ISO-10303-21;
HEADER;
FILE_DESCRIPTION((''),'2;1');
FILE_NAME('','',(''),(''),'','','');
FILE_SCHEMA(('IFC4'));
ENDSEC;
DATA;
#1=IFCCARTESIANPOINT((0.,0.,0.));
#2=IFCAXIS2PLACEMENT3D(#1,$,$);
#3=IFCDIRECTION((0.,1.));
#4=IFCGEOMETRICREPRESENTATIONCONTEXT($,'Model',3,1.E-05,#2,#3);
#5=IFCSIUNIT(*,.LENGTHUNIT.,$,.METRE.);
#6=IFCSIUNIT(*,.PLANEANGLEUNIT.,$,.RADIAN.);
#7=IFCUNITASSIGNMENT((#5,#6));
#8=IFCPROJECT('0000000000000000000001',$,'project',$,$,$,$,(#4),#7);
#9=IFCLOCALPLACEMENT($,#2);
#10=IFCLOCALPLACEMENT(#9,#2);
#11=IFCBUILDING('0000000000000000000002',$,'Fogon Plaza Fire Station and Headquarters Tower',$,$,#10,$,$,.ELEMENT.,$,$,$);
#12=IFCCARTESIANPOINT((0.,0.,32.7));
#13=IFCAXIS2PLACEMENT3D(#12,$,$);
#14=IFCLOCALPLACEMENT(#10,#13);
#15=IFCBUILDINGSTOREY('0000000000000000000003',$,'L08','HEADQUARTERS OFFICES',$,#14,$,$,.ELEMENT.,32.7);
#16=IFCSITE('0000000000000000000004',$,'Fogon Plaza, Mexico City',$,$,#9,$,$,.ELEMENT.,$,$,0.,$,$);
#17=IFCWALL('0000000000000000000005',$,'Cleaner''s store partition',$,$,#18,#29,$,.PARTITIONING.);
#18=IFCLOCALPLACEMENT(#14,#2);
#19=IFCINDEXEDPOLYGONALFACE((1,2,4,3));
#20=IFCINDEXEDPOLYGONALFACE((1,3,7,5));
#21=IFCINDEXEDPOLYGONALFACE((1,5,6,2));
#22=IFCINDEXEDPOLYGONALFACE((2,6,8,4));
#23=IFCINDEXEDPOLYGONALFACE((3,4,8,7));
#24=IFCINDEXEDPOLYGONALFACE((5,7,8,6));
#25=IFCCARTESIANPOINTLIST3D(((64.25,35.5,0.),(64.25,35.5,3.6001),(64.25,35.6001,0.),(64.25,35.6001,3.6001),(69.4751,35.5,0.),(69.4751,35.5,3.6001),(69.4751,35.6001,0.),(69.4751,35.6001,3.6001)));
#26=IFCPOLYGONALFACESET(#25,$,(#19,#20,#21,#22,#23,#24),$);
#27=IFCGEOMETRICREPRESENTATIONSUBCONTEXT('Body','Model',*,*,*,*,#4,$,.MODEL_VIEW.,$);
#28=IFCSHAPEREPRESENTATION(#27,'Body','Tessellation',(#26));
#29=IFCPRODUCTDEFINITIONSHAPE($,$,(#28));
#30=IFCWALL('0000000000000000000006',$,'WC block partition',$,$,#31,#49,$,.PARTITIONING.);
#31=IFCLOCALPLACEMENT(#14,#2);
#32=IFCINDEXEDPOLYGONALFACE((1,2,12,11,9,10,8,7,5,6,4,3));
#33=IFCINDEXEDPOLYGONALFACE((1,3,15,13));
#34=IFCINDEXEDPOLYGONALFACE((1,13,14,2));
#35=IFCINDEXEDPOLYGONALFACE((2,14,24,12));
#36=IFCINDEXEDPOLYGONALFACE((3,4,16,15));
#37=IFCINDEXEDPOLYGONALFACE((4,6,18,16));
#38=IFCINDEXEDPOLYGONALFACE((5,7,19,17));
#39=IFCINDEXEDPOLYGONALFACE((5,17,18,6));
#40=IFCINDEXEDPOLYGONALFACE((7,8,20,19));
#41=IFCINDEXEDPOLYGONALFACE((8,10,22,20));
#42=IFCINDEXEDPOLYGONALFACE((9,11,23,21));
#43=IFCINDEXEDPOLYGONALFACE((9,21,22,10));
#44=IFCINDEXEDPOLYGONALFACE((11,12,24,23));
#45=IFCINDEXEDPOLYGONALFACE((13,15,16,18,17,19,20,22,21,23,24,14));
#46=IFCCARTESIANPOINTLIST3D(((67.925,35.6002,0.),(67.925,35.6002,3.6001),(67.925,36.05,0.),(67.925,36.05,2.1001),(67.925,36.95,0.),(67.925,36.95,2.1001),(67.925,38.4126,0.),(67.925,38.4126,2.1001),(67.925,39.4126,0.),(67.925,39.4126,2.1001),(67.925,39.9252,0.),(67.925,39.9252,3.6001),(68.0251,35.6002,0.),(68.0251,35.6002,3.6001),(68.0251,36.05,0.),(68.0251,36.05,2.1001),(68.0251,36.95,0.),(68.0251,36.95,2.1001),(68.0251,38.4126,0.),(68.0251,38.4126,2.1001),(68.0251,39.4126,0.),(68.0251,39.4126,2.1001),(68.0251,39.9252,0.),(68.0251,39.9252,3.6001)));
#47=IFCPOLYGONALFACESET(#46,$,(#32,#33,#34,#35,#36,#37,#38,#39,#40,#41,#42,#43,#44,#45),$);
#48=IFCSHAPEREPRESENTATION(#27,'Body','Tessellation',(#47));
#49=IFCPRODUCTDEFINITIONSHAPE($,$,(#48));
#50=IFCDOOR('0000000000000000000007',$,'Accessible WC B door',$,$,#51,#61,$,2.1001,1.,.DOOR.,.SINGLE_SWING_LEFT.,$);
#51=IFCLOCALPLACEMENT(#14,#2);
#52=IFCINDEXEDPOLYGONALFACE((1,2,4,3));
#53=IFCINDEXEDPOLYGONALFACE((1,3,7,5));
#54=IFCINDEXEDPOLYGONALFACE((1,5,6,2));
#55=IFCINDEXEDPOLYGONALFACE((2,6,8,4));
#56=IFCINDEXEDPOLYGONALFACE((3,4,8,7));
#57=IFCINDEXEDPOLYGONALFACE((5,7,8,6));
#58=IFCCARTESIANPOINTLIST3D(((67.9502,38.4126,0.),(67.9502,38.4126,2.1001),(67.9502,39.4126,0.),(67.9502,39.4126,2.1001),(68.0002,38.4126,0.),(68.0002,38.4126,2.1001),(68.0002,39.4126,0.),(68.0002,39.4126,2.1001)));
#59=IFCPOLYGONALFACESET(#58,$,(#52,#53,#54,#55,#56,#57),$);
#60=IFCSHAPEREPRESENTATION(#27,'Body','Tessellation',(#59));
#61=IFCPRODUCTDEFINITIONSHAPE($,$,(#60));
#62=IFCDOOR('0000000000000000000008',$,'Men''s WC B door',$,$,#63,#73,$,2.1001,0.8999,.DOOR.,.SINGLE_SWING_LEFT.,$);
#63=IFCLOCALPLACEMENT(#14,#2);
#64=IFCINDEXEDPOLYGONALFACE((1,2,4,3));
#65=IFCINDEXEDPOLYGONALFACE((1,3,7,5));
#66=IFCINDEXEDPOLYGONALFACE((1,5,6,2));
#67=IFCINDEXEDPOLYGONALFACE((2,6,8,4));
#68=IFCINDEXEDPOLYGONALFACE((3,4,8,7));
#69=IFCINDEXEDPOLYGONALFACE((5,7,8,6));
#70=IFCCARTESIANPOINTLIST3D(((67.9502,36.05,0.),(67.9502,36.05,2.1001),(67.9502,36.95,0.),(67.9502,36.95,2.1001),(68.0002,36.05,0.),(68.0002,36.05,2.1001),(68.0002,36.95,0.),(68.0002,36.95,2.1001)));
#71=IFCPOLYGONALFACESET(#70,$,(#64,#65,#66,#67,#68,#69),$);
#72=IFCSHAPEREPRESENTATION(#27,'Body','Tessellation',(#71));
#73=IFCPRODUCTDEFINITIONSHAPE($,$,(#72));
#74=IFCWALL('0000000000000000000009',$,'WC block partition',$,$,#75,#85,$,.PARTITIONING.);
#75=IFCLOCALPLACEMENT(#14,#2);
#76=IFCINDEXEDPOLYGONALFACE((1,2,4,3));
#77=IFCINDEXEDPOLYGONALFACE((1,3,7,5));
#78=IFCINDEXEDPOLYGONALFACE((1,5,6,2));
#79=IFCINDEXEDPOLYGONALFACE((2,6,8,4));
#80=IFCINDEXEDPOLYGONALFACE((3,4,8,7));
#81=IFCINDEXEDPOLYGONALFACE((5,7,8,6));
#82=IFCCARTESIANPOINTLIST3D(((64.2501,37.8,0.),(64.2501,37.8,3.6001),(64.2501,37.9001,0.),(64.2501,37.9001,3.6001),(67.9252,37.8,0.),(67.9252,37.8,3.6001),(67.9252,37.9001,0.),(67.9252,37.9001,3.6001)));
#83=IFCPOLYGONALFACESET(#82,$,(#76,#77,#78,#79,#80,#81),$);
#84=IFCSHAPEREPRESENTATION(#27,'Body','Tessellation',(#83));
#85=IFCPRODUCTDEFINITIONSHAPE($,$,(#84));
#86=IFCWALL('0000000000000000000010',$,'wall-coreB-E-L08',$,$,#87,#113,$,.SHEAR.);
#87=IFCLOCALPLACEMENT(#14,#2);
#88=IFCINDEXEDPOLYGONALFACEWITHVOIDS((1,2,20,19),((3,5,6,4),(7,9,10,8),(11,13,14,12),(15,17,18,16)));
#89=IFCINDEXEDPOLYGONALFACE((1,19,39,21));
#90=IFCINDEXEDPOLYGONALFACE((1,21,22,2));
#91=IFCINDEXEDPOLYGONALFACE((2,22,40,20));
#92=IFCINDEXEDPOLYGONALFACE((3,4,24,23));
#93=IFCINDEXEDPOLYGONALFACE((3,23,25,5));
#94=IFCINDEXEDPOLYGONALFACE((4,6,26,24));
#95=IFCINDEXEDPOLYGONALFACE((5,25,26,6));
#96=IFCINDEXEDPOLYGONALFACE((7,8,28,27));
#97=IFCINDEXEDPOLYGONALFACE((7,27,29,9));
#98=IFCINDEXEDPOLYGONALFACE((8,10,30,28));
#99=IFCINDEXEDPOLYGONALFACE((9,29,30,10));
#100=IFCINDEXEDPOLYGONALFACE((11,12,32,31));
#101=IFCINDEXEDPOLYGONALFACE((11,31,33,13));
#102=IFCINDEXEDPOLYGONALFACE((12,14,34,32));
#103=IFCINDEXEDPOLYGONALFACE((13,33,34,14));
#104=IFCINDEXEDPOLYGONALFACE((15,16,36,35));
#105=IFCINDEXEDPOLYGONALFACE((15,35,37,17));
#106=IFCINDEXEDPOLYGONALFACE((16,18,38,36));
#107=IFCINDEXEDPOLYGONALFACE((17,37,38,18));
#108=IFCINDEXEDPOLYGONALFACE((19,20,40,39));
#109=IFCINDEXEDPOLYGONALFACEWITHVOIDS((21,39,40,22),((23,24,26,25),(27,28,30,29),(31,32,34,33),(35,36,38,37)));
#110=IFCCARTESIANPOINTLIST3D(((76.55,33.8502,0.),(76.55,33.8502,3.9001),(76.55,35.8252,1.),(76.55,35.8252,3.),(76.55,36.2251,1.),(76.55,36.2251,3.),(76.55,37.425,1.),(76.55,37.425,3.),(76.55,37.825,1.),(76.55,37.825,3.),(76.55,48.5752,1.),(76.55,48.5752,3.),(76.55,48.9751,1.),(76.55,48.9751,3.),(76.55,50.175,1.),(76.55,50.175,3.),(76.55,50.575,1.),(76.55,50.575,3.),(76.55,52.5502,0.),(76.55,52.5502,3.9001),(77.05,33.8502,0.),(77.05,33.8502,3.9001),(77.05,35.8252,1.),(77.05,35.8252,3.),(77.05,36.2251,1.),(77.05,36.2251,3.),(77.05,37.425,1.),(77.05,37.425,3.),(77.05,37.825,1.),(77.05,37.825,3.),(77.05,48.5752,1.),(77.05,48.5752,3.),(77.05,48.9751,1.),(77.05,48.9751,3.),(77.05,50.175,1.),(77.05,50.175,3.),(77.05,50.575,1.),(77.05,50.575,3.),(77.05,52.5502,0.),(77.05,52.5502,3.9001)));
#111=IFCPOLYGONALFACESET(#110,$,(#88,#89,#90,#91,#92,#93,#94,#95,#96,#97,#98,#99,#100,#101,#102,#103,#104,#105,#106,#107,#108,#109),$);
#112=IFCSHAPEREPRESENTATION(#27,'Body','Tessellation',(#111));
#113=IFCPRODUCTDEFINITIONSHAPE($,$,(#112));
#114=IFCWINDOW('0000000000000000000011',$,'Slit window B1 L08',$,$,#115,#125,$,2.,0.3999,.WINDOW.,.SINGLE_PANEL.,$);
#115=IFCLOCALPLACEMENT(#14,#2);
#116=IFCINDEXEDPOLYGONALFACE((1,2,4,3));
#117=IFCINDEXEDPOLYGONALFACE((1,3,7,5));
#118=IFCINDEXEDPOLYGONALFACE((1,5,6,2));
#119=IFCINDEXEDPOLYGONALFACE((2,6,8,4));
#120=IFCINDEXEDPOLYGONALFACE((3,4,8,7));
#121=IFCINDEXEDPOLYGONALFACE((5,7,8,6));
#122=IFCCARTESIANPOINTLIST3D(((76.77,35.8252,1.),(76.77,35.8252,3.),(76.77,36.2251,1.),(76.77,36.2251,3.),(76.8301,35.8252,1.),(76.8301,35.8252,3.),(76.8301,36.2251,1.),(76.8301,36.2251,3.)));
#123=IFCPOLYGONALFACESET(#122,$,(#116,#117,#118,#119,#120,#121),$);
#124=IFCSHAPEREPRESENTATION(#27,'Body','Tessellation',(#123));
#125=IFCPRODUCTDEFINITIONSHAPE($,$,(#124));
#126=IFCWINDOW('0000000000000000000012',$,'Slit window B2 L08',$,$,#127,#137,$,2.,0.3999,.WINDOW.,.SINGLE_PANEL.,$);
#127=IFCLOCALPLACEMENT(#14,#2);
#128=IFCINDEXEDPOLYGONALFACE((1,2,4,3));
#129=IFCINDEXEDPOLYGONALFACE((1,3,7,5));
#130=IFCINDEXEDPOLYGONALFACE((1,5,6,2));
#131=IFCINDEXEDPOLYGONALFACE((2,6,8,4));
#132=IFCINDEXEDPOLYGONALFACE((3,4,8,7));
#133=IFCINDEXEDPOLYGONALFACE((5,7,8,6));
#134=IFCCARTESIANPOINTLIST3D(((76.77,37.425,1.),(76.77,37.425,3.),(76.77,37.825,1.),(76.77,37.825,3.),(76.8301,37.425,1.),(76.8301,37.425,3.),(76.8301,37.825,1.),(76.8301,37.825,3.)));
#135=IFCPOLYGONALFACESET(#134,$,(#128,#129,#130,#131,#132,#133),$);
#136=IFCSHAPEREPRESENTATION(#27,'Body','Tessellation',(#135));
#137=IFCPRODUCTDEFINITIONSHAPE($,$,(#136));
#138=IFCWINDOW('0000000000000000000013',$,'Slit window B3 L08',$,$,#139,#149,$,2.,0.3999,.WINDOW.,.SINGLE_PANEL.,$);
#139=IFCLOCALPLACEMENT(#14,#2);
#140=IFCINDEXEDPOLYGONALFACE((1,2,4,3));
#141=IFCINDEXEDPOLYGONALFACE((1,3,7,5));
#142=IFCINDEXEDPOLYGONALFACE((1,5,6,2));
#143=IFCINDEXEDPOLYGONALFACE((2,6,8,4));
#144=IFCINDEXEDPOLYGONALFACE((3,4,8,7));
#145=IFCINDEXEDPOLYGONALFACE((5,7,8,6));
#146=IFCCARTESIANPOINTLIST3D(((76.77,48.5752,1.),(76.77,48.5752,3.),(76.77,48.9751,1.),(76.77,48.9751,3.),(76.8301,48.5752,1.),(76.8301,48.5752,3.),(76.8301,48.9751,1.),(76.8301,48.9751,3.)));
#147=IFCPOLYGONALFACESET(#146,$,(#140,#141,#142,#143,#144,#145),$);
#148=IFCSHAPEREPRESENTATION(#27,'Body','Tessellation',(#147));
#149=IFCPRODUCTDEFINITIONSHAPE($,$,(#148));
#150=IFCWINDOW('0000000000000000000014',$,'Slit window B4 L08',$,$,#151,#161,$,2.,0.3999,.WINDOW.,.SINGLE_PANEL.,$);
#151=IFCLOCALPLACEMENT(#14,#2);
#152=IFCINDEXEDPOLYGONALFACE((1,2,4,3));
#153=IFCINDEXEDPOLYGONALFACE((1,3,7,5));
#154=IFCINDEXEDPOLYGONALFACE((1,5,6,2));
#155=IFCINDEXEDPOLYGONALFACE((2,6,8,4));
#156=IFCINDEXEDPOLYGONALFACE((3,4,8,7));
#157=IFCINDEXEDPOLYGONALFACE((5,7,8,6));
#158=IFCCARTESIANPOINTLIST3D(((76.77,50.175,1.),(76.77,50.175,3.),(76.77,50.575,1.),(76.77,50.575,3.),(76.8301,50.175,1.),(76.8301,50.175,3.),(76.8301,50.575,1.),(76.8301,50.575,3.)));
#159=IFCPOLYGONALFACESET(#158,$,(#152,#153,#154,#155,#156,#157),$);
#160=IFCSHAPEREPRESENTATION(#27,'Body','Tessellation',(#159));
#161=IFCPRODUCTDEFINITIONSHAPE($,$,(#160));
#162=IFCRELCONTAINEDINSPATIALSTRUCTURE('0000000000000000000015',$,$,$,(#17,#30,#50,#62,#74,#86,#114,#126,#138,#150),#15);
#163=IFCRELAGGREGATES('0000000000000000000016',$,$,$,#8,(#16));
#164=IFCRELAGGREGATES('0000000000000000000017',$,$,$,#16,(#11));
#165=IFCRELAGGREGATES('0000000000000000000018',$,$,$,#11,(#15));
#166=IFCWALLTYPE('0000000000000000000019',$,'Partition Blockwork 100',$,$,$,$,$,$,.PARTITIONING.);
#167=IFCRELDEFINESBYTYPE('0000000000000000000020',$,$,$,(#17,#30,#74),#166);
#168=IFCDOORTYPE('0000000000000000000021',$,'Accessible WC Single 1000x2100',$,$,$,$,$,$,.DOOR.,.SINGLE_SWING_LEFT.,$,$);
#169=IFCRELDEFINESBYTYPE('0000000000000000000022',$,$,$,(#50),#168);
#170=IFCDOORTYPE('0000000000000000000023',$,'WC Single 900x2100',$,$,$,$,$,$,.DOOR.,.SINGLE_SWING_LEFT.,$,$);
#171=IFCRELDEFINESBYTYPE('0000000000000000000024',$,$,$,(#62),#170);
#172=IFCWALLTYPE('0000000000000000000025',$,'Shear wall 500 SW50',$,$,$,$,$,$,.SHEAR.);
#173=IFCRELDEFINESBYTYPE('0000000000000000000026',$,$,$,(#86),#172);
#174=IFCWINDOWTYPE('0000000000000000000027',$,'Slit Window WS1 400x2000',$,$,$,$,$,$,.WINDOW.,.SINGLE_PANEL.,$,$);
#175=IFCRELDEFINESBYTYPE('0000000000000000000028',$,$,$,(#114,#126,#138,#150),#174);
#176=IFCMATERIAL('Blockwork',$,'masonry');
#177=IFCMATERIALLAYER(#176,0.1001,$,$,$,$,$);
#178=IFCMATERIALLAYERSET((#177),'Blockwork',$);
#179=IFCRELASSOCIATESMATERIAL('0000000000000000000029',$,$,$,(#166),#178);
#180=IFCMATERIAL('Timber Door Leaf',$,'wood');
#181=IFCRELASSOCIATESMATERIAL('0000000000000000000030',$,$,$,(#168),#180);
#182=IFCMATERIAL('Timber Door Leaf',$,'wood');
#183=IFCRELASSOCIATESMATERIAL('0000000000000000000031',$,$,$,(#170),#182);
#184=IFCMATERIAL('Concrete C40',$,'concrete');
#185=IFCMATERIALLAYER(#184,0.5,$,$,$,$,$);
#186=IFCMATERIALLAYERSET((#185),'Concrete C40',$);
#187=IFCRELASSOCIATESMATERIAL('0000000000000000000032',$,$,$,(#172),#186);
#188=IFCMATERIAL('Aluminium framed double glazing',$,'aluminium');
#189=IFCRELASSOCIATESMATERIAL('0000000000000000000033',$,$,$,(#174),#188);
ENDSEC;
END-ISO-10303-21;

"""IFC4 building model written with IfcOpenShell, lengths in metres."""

from ifc_helpers import new_model, si_unit, direction, frame, frame_2d, origin, place, context, subcontext, project, spatial, rectangle, extrude, material, layer, layer_set, type_object, element, fill, save


model = new_model("IFC4")

# Units and contexts
model_context = context("Model", 3, precision=1e-05, world=origin(), true_north=direction((0.0, 1.0)))
body_context = subcontext(model_context, "Body", "Model", "MODEL_VIEW")
ifc_project = project(units=[si_unit("LENGTHUNIT", "METRE"), si_unit("PLANEANGLEUNIT", "RADIAN")], contexts=[model_context])

# Site, building, storey
site_placement = place(None, origin())
site = spatial("IfcSite", under=ifc_project, at=site_placement, Name="Fogon Plaza, Mexico City", CompositionType="ELEMENT", RefElevation=0.0)
building_placement = place(site_placement, origin())
building = spatial("IfcBuilding", under=site, at=building_placement, Name="Fogon Plaza Fire Station and Headquarters Tower", CompositionType="ELEMENT")
storey_placement = place(building_placement, frame((0.0, 0.0, 32.7)))
storey = spatial("IfcBuildingStorey", under=building, at=storey_placement, Name="L08", Description="HEADQUARTERS OFFICES", CompositionType="ELEMENT", Elevation=32.7)

# Wall
ifc_material_1 = material(Name="Blockwork", Category="masonry")
ifc_layer_1 = layer(ifc_material_1, 0.1001)
ifc_layer_set_1 = layer_set([ifc_layer_1], Name="Blockwork")
wall_type_1 = type_object("IfcWallType", Name="Partition Blockwork 100", PredefinedType="PARTITIONING", material=ifc_layer_set_1)
wall_1_placement = place(storey_placement, frame((69.4751, 35.55, 0.0), z_axis=(0.0, 0.0, 1.0), x_axis=(-1.0, 0.0, 0.0)))
element("IfcWall", 1, at=wall_1_placement, inside=storey, type_object=wall_type_1, Name="Cleaner's store partition", PredefinedType="PARTITIONING", context=body_context, shape_type="SweptSolid", body=[
    extrude(rectangle(XDim=5.2251, YDim=0.1001, at=frame_2d((2.6125, 0.0))), origin(), (0.0, 0.0, 1.0), 3.6001),
])

# Wall, openings, doors
wall_2_placement = place(storey_placement, frame((67.9751, 35.6001, 0.0), z_axis=(0.0, 0.0, 1.0), x_axis=(0.0, 1.0, 0.0)))
wall_2 = element("IfcWall", 2, at=wall_2_placement, inside=storey, type_object=wall_type_1, Name="WC block partition", PredefinedType="PARTITIONING", context=body_context, shape_type="SweptSolid", body=[
    extrude(rectangle(XDim=4.325, YDim=0.1001, at=frame_2d((2.1626, 0.0))), origin(), (0.0, 0.0, 1.0), 3.6001),
])
opening_1_placement = place(wall_2_placement, frame((0.45, 0.0, 0.0)))
opening_1 = element("IfcOpeningElement", 3, at=opening_1_placement, cuts=wall_2, PredefinedType="OPENING", context=body_context, shape_type="SweptSolid", body=[
    extrude(rectangle(XDim=0.8999, YDim=2.1001, at=frame_2d((0.45, 1.05))), frame((0.0, 0.0601, 0.0), z_axis=(0.0, -1.0, 0.0), x_axis=(1.0, 0.0, 0.0)), (0.0, 0.0, 1.0), 0.1201),
])
opening_2_placement = place(wall_2_placement, frame((2.8125, 0.0, 0.0)))
opening_2 = element("IfcOpeningElement", 4, at=opening_2_placement, cuts=wall_2, PredefinedType="OPENING", context=body_context, shape_type="SweptSolid", body=[
    extrude(rectangle(XDim=1.0, YDim=2.1001, at=frame_2d((0.5, 1.05))), frame((0.0, 0.0601, 0.0), z_axis=(0.0, -1.0, 0.0), x_axis=(1.0, 0.0, 0.0)), (0.0, 0.0, 1.0), 0.1201),
])
ifc_material_2 = material(Name="Timber Door Leaf", Category="wood")
door_type_1 = type_object("IfcDoorType", Name="Accessible WC Single 1000x2100", OperationType="SINGLE_SWING_LEFT", PredefinedType="DOOR", material=ifc_material_2)
door_1_placement = place(opening_2_placement, origin())
door_1 = element("IfcDoor", 5, at=door_1_placement, inside=storey, type_object=door_type_1, Name="Accessible WC B door", OperationType="SINGLE_SWING_LEFT", OverallHeight=2.1001, OverallWidth=1.0, PredefinedType="DOOR", context=body_context, shape_type="SweptSolid", body=[
    extrude(rectangle(XDim=1.0, YDim=2.1001, at=frame_2d((0.5, 1.05))), frame((0.0, 0.0249, 0.0), z_axis=(0.0, -1.0, 0.0), x_axis=(1.0, 0.0, 0.0)), (0.0, 0.0, 1.0), 0.05),
])
fill(opening_2, door_1)
ifc_material_3 = material(Name="Timber Door Leaf", Category="wood")
door_type_2 = type_object("IfcDoorType", Name="WC Single 900x2100", OperationType="SINGLE_SWING_LEFT", PredefinedType="DOOR", material=ifc_material_3)
door_2_placement = place(opening_1_placement, origin())
door_2 = element("IfcDoor", 6, at=door_2_placement, inside=storey, type_object=door_type_2, Name="Men's WC B door", OperationType="SINGLE_SWING_LEFT", OverallHeight=2.1001, OverallWidth=0.8999, PredefinedType="DOOR", context=body_context, shape_type="SweptSolid", body=[
    extrude(rectangle(XDim=0.8999, YDim=2.1001, at=frame_2d((0.45, 1.05))), frame((0.0, 0.0249, 0.0), z_axis=(0.0, -1.0, 0.0), x_axis=(1.0, 0.0, 0.0)), (0.0, 0.0, 1.0), 0.05),
])
fill(opening_1, door_2)

# Wall
wall_3_placement = place(storey_placement, frame((67.925, 37.8501, 0.0), z_axis=(0.0, 0.0, 1.0), x_axis=(-1.0, 0.0, 0.0)))
element("IfcWall", 7, at=wall_3_placement, inside=storey, type_object=wall_type_1, Name="WC block partition", PredefinedType="PARTITIONING", context=body_context, shape_type="SweptSolid", body=[
    extrude(rectangle(XDim=3.675, YDim=0.1001, at=frame_2d((1.8374, 0.0))), origin(), (0.0, 0.0, 1.0), 3.6001),
])

# Wall, openings, windows
ifc_material_4 = material(Name="Concrete C40", Category="concrete")
ifc_layer_2 = layer(ifc_material_4, 0.5)
ifc_layer_set_2 = layer_set([ifc_layer_2], Name="Concrete C40")
wall_type_2 = type_object("IfcWallType", Name="Shear wall 500 SW50", PredefinedType="SHEAR", material=ifc_layer_set_2)
wall_4_placement = place(storey_placement, frame((76.8, 33.8501, 0.0), z_axis=(0.0, 0.0, 1.0), x_axis=(0.0, 1.0, 0.0)))
wall_4 = element("IfcWall", 8, at=wall_4_placement, inside=storey, type_object=wall_type_2, Name="wall-coreB-E-L08", PredefinedType="SHEAR", context=body_context, shape_type="SweptSolid", body=[
    extrude(rectangle(XDim=18.7, YDim=0.5, at=frame_2d((9.3501, 0.0))), origin(), (0.0, 0.0, 1.0), 3.9001),
])
opening_3_placement = place(wall_4_placement, frame((1.9751, 0.0, 1.0)))
opening_3 = element("IfcOpeningElement", 9, at=opening_3_placement, cuts=wall_4, PredefinedType="OPENING", context=body_context, shape_type="SweptSolid", body=[
    extrude(rectangle(XDim=0.3999, YDim=2.0, at=frame_2d((0.2, 1.0))), frame((0.0, 0.26, 0.0), z_axis=(0.0, -1.0, 0.0), x_axis=(1.0, 0.0, 0.0)), (0.0, 0.0, 1.0), 0.52),
])
opening_4_placement = place(wall_4_placement, frame((3.575, 0.0, 1.0)))
opening_4 = element("IfcOpeningElement", 10, at=opening_4_placement, cuts=wall_4, PredefinedType="OPENING", context=body_context, shape_type="SweptSolid", body=[
    extrude(rectangle(XDim=0.3999, YDim=2.0, at=frame_2d((0.2, 1.0))), frame((0.0, 0.26, 0.0), z_axis=(0.0, -1.0, 0.0), x_axis=(1.0, 0.0, 0.0)), (0.0, 0.0, 1.0), 0.52),
])
opening_5_placement = place(wall_4_placement, frame((14.7251, 0.0, 1.0)))
opening_5 = element("IfcOpeningElement", 11, at=opening_5_placement, cuts=wall_4, PredefinedType="OPENING", context=body_context, shape_type="SweptSolid", body=[
    extrude(rectangle(XDim=0.3999, YDim=2.0, at=frame_2d((0.2, 1.0))), frame((0.0, 0.26, 0.0), z_axis=(0.0, -1.0, 0.0), x_axis=(1.0, 0.0, 0.0)), (0.0, 0.0, 1.0), 0.52),
])
opening_6_placement = place(wall_4_placement, frame((16.325, 0.0, 1.0)))
opening_6 = element("IfcOpeningElement", 12, at=opening_6_placement, cuts=wall_4, PredefinedType="OPENING", context=body_context, shape_type="SweptSolid", body=[
    extrude(rectangle(XDim=0.3999, YDim=2.0, at=frame_2d((0.2, 1.0))), frame((0.0, 0.26, 0.0), z_axis=(0.0, -1.0, 0.0), x_axis=(1.0, 0.0, 0.0)), (0.0, 0.0, 1.0), 0.52),
])
ifc_material_5 = material(Name="Aluminium framed double glazing", Category="aluminium")
window_type = type_object("IfcWindowType", Name="Slit Window WS1 400x2000", PartitioningType="SINGLE_PANEL", PredefinedType="WINDOW", material=ifc_material_5)
window_1_placement = place(opening_3_placement, origin())
window_1 = element("IfcWindow", 13, at=window_1_placement, inside=storey, type_object=window_type, Name="Slit window B1 L08", OverallHeight=2.0, OverallWidth=0.3999, PartitioningType="SINGLE_PANEL", PredefinedType="WINDOW", context=body_context, shape_type="SweptSolid", body=[
    extrude(rectangle(XDim=0.3999, YDim=2.0, at=frame_2d((0.2, 1.0))), frame((0.0, 0.03, 0.0), z_axis=(0.0, -1.0, 0.0), x_axis=(1.0, 0.0, 0.0)), (0.0, 0.0, 1.0), 0.0601),
])
fill(opening_3, window_1)
window_2_placement = place(opening_4_placement, origin())
window_2 = element("IfcWindow", 14, at=window_2_placement, inside=storey, type_object=window_type, Name="Slit window B2 L08", OverallHeight=2.0, OverallWidth=0.3999, PartitioningType="SINGLE_PANEL", PredefinedType="WINDOW", context=body_context, shape_type="SweptSolid", body=[
    extrude(rectangle(XDim=0.3999, YDim=2.0, at=frame_2d((0.2, 1.0))), frame((0.0, 0.03, 0.0), z_axis=(0.0, -1.0, 0.0), x_axis=(1.0, 0.0, 0.0)), (0.0, 0.0, 1.0), 0.0601),
])
fill(opening_4, window_2)
window_3_placement = place(opening_5_placement, origin())
window_3 = element("IfcWindow", 15, at=window_3_placement, inside=storey, type_object=window_type, Name="Slit window B3 L08", OverallHeight=2.0, OverallWidth=0.3999, PartitioningType="SINGLE_PANEL", PredefinedType="WINDOW", context=body_context, shape_type="SweptSolid", body=[
    extrude(rectangle(XDim=0.3999, YDim=2.0, at=frame_2d((0.2, 1.0))), frame((0.0, 0.03, 0.0), z_axis=(0.0, -1.0, 0.0), x_axis=(1.0, 0.0, 0.0)), (0.0, 0.0, 1.0), 0.0601),
])
fill(opening_5, window_3)
window_4_placement = place(opening_6_placement, origin())
window_4 = element("IfcWindow", 16, at=window_4_placement, inside=storey, type_object=window_type, Name="Slit window B4 L08", OverallHeight=2.0, OverallWidth=0.3999, PartitioningType="SINGLE_PANEL", PredefinedType="WINDOW", context=body_context, shape_type="SweptSolid", body=[
    extrude(rectangle(XDim=0.3999, YDim=2.0, at=frame_2d((0.2, 1.0))), frame((0.0, 0.03, 0.0), z_axis=(0.0, -1.0, 0.0), x_axis=(1.0, 0.0, 0.0)), (0.0, 0.0, 1.0), 0.0601),
])
fill(opening_6, window_4)

save(model, "model.ifc")
